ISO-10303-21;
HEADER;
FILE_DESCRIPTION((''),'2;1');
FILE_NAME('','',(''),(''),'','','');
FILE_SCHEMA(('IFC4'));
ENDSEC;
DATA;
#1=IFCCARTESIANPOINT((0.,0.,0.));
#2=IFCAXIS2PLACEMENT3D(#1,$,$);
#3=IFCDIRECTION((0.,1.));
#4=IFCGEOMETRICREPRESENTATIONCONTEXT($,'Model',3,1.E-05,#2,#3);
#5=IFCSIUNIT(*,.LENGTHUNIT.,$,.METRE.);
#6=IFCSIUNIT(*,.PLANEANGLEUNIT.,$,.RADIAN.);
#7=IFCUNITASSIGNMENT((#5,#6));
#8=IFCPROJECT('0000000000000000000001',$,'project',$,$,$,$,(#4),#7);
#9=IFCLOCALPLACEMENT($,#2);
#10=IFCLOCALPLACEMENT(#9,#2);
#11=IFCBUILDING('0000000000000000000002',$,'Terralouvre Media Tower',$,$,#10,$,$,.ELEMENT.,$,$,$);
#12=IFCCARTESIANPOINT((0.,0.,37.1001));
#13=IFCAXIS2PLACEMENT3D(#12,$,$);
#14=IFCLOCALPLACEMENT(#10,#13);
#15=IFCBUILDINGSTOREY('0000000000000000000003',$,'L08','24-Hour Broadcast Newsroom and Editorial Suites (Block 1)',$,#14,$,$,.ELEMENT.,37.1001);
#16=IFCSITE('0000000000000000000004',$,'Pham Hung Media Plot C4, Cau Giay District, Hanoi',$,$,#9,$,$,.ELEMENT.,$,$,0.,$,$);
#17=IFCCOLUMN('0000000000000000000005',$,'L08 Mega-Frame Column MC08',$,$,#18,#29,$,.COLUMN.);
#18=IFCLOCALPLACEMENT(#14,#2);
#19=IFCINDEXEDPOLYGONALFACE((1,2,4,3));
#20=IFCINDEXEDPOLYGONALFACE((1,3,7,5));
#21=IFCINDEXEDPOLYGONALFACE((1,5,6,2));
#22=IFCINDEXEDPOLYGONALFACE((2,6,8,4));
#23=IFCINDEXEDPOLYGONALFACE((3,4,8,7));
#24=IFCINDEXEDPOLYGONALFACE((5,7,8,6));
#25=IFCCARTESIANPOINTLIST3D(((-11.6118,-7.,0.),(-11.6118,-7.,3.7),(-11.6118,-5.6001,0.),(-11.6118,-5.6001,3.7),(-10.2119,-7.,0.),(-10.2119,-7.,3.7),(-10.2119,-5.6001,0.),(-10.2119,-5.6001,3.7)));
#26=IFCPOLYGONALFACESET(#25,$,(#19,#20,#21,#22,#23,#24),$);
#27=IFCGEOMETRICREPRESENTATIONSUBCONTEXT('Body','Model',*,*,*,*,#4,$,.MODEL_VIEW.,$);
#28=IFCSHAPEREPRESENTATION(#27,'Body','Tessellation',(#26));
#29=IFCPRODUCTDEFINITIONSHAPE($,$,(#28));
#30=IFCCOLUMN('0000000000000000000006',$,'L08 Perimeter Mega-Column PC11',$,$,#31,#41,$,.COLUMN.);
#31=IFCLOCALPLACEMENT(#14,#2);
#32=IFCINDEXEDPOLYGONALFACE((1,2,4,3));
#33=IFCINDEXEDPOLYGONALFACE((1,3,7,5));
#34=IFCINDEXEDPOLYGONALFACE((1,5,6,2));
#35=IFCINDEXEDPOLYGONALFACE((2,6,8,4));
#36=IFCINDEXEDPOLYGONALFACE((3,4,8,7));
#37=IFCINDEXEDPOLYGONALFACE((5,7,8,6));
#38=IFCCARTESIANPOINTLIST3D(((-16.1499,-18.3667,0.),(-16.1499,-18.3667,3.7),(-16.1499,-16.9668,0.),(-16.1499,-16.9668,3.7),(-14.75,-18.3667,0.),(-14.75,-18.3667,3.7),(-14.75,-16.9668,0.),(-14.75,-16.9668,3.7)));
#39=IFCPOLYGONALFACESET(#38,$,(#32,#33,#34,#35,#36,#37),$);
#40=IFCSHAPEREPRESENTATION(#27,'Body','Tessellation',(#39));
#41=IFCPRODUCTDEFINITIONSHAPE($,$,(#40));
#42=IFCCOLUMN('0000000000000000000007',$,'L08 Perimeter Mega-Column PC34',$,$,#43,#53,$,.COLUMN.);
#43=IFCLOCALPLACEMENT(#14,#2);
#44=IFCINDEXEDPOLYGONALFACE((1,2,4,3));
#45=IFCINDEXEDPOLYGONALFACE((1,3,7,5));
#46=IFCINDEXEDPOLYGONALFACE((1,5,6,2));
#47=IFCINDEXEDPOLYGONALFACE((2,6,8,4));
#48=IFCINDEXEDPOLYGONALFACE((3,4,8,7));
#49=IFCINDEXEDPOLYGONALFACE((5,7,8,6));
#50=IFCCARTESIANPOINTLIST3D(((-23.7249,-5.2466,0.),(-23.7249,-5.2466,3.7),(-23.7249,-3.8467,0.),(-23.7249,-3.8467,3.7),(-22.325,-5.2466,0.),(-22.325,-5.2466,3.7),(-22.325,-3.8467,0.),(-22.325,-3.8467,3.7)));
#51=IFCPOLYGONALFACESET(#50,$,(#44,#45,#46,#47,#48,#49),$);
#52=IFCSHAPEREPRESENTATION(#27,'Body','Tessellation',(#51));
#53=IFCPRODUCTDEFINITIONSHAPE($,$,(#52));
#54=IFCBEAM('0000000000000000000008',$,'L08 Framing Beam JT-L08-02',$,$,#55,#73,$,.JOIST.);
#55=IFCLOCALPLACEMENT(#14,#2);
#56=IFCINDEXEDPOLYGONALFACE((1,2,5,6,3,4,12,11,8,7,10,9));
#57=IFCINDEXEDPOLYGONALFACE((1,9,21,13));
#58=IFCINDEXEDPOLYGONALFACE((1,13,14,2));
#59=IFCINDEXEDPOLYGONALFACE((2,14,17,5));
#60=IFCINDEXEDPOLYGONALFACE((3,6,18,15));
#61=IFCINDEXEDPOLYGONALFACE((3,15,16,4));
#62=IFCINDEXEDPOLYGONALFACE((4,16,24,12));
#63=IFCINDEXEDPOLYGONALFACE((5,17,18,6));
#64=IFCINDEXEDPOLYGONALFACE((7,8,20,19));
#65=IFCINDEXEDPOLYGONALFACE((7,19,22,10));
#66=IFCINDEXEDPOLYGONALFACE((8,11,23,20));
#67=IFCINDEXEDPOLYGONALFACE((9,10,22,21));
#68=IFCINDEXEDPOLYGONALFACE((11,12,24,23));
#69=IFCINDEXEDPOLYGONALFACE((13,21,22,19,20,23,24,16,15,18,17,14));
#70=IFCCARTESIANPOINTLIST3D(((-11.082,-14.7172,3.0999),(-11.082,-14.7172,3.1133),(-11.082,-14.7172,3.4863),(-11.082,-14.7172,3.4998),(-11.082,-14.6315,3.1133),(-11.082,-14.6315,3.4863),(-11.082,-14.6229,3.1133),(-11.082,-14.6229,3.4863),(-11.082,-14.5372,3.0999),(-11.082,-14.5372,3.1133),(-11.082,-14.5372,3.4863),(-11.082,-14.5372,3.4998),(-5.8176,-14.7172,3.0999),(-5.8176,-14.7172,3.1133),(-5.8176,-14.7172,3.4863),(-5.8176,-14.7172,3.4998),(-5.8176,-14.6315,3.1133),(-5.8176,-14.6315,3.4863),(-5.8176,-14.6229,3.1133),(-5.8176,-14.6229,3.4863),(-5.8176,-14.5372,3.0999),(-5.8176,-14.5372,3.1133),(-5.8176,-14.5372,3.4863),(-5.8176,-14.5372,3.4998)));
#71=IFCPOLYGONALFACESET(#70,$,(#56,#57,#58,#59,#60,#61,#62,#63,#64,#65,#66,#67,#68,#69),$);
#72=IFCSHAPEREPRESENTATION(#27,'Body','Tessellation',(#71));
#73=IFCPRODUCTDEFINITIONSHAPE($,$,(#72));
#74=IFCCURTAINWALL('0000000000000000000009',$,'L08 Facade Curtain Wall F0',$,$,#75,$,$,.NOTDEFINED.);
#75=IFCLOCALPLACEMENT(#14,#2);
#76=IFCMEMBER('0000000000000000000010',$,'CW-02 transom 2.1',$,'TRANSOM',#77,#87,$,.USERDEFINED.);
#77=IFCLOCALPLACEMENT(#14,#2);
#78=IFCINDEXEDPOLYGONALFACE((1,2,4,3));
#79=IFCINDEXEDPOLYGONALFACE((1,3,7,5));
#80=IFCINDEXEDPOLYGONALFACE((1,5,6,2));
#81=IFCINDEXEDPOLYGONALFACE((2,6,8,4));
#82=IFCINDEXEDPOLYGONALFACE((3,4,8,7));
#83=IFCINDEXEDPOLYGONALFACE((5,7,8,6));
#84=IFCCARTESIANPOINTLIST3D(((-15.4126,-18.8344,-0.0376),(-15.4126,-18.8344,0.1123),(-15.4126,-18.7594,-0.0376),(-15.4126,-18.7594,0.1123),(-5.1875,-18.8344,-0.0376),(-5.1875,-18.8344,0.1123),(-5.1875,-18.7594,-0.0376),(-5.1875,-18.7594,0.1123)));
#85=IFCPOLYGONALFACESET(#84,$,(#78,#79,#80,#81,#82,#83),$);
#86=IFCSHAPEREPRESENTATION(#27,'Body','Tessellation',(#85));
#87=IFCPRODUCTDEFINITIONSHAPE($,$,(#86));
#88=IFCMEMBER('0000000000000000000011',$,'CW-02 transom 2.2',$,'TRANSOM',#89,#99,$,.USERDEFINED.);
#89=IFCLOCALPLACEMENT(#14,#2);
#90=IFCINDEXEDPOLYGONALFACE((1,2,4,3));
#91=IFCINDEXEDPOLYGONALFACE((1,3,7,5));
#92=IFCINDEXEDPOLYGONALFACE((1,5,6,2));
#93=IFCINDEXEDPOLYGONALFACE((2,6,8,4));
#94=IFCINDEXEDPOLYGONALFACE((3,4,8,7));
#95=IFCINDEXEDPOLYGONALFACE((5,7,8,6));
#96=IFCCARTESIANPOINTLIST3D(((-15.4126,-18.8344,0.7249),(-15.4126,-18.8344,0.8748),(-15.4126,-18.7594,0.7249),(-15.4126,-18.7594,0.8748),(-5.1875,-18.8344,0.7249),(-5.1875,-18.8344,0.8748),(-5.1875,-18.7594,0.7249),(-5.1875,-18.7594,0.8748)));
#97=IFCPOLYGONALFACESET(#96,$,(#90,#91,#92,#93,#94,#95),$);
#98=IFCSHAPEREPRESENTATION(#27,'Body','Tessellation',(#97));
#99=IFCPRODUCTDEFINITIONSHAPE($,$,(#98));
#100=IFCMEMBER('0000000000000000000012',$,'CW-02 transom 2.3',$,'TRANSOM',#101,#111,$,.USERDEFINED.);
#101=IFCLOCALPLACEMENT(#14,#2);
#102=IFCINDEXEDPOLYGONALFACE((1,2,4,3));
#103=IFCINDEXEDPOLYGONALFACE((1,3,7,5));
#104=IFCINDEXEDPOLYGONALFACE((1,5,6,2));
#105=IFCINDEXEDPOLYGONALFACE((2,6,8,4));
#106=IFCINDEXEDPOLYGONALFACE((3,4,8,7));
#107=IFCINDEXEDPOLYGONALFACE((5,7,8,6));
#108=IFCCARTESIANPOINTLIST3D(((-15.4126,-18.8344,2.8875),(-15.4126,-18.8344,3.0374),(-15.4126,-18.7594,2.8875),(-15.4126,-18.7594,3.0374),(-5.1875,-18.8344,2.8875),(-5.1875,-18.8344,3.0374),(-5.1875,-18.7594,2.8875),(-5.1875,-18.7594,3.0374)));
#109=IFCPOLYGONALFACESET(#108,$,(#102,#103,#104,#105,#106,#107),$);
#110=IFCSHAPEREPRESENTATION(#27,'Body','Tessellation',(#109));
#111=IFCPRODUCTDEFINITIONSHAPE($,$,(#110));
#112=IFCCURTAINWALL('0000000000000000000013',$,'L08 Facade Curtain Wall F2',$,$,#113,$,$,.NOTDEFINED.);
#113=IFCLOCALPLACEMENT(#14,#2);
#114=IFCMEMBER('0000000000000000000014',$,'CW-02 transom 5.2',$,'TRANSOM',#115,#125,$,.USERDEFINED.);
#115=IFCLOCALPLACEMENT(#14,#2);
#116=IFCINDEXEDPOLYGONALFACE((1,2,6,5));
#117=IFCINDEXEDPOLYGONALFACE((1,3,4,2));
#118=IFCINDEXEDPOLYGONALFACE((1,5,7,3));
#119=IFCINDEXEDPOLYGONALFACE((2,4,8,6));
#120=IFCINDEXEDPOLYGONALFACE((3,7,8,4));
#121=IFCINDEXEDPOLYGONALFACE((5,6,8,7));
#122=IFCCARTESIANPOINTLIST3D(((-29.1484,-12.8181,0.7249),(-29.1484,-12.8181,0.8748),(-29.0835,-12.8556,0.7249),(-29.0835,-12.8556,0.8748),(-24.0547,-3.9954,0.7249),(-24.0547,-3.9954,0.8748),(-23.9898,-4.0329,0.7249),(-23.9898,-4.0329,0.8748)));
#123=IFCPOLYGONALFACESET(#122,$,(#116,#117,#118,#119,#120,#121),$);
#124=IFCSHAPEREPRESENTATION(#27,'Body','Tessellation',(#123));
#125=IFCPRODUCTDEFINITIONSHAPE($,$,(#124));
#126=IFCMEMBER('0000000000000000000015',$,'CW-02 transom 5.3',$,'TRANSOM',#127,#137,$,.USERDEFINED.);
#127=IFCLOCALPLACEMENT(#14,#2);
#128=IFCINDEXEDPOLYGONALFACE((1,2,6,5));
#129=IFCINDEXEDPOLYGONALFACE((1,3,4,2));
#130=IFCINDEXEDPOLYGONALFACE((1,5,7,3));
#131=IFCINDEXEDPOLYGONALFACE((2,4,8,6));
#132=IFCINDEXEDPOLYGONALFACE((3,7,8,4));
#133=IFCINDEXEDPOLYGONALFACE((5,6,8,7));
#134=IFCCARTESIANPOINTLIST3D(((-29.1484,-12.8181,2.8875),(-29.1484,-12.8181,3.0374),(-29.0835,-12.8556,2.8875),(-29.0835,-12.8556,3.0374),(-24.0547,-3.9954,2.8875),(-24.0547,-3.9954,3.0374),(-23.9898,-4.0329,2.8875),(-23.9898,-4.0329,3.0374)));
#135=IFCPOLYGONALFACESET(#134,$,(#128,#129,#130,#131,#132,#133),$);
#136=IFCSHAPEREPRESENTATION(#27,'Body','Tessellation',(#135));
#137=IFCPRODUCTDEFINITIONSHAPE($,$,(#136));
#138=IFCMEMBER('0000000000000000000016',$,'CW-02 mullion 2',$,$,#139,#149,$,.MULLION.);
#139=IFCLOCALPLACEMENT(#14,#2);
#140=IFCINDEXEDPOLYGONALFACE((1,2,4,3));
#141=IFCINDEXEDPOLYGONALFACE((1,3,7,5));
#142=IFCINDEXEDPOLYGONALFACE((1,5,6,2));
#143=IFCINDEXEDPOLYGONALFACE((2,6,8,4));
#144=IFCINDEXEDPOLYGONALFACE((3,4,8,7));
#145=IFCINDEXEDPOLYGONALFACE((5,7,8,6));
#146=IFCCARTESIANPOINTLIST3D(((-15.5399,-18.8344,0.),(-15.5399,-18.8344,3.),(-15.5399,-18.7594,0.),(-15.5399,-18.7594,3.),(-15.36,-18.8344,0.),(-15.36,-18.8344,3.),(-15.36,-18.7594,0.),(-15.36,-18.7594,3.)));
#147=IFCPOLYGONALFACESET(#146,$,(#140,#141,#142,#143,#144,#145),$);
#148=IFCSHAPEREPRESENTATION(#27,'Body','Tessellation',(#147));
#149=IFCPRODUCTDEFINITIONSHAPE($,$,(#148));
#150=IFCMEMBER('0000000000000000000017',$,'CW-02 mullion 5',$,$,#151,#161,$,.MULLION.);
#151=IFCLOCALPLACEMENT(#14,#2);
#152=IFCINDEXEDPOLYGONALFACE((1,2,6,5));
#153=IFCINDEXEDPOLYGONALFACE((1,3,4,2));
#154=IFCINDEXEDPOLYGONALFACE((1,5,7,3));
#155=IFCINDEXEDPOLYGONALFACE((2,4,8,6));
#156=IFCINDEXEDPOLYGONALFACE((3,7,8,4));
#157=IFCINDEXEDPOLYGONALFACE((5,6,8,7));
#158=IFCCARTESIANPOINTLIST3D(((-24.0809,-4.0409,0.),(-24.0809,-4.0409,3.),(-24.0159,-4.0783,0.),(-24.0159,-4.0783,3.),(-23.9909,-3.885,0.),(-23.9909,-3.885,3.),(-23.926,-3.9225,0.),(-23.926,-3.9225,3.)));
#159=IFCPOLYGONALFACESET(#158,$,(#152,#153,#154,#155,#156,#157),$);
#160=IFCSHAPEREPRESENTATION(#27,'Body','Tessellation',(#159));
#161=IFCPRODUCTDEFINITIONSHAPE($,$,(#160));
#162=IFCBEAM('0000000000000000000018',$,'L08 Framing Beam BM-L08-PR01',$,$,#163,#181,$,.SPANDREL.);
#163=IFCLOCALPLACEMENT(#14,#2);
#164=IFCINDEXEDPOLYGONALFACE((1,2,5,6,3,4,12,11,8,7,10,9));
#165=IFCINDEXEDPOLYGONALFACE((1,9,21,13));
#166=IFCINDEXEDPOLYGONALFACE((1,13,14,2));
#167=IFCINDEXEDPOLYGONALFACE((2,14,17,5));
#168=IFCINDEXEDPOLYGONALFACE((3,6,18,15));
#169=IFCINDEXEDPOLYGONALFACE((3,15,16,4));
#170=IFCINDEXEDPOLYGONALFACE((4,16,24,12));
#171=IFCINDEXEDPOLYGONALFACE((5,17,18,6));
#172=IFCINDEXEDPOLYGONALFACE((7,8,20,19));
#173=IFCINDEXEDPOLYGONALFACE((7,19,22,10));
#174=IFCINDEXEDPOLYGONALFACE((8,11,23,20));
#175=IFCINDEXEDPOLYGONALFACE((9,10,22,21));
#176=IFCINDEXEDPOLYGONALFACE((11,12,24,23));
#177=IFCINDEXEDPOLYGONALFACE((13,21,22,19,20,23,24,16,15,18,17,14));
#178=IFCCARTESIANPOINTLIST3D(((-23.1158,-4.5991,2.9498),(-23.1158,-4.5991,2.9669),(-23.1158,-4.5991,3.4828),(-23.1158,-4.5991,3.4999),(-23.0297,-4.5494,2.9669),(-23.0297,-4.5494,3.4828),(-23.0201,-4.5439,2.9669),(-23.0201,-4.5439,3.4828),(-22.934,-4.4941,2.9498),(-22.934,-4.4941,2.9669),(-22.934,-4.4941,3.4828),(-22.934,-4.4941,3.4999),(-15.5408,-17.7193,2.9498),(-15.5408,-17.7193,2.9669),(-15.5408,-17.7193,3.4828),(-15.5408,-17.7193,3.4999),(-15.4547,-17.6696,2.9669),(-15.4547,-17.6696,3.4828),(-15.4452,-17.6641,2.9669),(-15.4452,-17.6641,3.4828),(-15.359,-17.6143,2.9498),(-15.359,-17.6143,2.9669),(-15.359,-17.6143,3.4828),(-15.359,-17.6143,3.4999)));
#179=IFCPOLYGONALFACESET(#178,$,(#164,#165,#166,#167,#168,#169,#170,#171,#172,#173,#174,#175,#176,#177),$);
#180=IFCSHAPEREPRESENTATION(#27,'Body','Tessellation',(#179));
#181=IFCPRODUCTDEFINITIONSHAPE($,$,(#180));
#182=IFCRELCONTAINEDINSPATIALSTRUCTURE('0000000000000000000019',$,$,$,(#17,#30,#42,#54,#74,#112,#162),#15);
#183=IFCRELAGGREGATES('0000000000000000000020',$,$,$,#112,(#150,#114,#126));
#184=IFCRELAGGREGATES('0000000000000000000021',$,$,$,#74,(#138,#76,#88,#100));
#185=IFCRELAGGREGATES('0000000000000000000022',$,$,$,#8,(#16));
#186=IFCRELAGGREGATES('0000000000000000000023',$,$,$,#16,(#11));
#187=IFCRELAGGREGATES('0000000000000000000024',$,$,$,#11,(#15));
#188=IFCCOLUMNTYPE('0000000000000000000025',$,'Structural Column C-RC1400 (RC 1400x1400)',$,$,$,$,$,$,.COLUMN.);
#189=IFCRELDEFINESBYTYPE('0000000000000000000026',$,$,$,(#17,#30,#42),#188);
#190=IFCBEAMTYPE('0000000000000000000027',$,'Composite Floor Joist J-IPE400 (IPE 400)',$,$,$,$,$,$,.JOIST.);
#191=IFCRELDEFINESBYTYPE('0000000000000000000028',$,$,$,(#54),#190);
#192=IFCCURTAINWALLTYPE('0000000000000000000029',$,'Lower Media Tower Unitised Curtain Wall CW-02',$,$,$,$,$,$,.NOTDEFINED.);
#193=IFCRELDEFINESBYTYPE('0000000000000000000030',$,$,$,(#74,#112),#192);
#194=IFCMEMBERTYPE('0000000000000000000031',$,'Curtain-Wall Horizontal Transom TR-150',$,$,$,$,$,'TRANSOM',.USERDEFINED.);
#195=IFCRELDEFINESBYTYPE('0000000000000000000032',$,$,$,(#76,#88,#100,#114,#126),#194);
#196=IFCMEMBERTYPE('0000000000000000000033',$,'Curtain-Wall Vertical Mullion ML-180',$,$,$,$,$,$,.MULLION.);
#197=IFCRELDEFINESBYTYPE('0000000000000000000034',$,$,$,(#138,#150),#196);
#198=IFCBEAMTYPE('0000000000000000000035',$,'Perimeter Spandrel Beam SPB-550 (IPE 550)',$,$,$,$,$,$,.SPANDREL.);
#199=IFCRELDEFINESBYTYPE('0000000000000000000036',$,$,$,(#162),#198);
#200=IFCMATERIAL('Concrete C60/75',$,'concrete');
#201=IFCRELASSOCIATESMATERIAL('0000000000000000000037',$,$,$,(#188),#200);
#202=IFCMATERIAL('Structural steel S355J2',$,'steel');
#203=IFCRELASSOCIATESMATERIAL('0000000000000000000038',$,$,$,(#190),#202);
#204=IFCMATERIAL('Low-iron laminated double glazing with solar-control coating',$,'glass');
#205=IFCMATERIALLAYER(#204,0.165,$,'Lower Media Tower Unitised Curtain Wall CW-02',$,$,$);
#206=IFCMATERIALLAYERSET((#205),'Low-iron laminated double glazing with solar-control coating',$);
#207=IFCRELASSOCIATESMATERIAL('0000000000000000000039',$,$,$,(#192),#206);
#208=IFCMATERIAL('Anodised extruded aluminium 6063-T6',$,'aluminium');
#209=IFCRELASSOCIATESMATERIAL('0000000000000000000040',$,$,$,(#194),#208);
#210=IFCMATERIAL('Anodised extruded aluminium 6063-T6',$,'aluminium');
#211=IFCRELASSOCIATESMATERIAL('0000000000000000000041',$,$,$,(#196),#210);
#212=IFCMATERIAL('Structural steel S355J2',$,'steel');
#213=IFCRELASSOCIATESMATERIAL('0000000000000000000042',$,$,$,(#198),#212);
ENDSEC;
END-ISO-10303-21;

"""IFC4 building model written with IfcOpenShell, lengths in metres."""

from ifc_helpers import new_model, si_unit, direction, frame, origin, origin_2d, place, context, subcontext, project, spatial, rectangle, i_section, extrude, material, layer, layer_set, material_profile, profile_set, type_object, element, aggregate, save


model = new_model("IFC4")

# Units and contexts
model_context = context("Model", 3, precision=1e-05, world=origin(), true_north=direction((0.0, 1.0)))
body_context = subcontext(model_context, "Body", "Model", "MODEL_VIEW")
ifc_project = project(units=[si_unit("LENGTHUNIT", "METRE"), si_unit("PLANEANGLEUNIT", "RADIAN")], contexts=[model_context])

# Site, building, storey
site_placement = place(None, origin())
site = spatial("IfcSite", under=ifc_project, at=site_placement, Name="Pham Hung Media Plot C4, Cau Giay District, Hanoi", CompositionType="ELEMENT", RefElevation=0.0)
building_placement = place(site_placement, origin())
building = spatial("IfcBuilding", under=site, at=building_placement, Name="Terralouvre Media Tower", CompositionType="ELEMENT")
storey_placement = place(building_placement, frame((0.0, 0.0, 37.1001)))
storey = spatial("IfcBuildingStorey", under=building, at=storey_placement, Name="L08", Description="24-Hour Broadcast Newsroom and Editorial Suites (Block 1)", CompositionType="ELEMENT", Elevation=37.1001)

# Columns
ifc_material_1 = material(Name="Concrete C60/75", Category="concrete")
ifc_material_profile_1 = material_profile(ifc_material_1, rectangle(XDim=1.3999, YDim=1.3999, at=origin_2d()), Name="RC 1400x1400")
ifc_profile_set_1 = profile_set([ifc_material_profile_1], Name="Concrete C60/75")
column_type = type_object("IfcColumnType", Name="Structural Column C-RC1400 (RC 1400x1400)", PredefinedType="COLUMN", material=ifc_profile_set_1)
for number, where, z_axis, x_axis, name in (
    (1, (-10.9119, -6.3, 0.0), (0.0, 0.0, 1.0), (1.0, 0.0, 0.0), "L08 Mega-Frame Column MC08"),
    (2, (-15.45, -17.6667, 0.0), (0.0, 0.0, 1.0), (1.0, 0.0, 0.0), "L08 Perimeter Mega-Column PC11"),
    (3, (-23.0249, -4.5466, 0.0), (0.0, 0.0, 1.0), (1.0, 0.0, 0.0), "L08 Perimeter Mega-Column PC34"),
):
    element("IfcColumn", number, at=place(storey_placement, frame(where, z_axis=z_axis, x_axis=x_axis)), inside=storey, type_object=column_type, Name=name, PredefinedType="COLUMN", context=body_context, shape_type="SweptSolid", body=[
        extrude(rectangle(XDim=1.3999, YDim=1.3999, at=origin_2d()), origin(), (0.0, 0.0, 1.0), 3.7),
    ])

# Beam
ifc_material_2 = material(Name="Structural steel S355J2", Category="steel")
ifc_material_profile_2 = material_profile(ifc_material_2, i_section(OverallWidth=0.1799, OverallDepth=0.3999, WebThickness=0.0085, FlangeThickness=0.0134, at=origin_2d()), Name="IPE 400")
ifc_profile_set_2 = profile_set([ifc_material_profile_2], Name="Structural steel S355J2")
beam_type_1 = type_object("IfcBeamType", Name="Composite Floor Joist J-IPE400 (IPE 400)", PredefinedType="JOIST", material=ifc_profile_set_2)
beam_1_placement = place(storey_placement, frame((-11.082, -14.6272, 3.2998), z_axis=(1.0, 0.0, 0.0), x_axis=(0.0, 1.0, 0.0)))
element("IfcBeam", 4, at=beam_1_placement, inside=storey, type_object=beam_type_1, Name="L08 Framing Beam JT-L08-02", PredefinedType="JOIST", context=body_context, shape_type="SweptSolid", body=[
    extrude(i_section(OverallWidth=0.1799, OverallDepth=0.3999, WebThickness=0.0085, FlangeThickness=0.0134, at=origin_2d()), origin(), (0.0, 0.0, 1.0), 5.2644),
])

# Curtain walls, members
ifc_material_3 = material(Name="Low-iron laminated double glazing with solar-control coating", Category="glass")
ifc_layer_1 = layer(ifc_material_3, 0.165, Name="Lower Media Tower Unitised Curtain Wall CW-02")
ifc_layer_set_1 = layer_set([ifc_layer_1], Name="Low-iron laminated double glazing with solar-control coating")
curtain_wall_type = type_object("IfcCurtainWallType", Name="Lower Media Tower Unitised Curtain Wall CW-02", PredefinedType="NOTDEFINED", material=ifc_layer_set_1)
curtain_wall_1_placement = place(storey_placement, origin())
curtain_wall_1 = element("IfcCurtainWall", 5, at=curtain_wall_1_placement, inside=storey, type_object=curtain_wall_type, Name="L08 Facade Curtain Wall F0", PredefinedType="NOTDEFINED")
ifc_material_4 = material(Name="Anodised extruded aluminium 6063-T6", Category="aluminium")
ifc_material_profile_3 = material_profile(ifc_material_4, rectangle(XDim=0.075, YDim=0.1499, at=origin_2d()), Name="ALU 75x150")
ifc_profile_set_3 = profile_set([ifc_material_profile_3], Name="Anodised extruded aluminium 6063-T6")
member_type_1 = type_object("IfcMemberType", Name="Curtain-Wall Horizontal Transom TR-150", ElementType="TRANSOM", PredefinedType="USERDEFINED", material=ifc_profile_set_3)
member_1_placement = place(storey_placement, frame((-15.4126, -18.7969, 0.0374), z_axis=(1.0, 0.0, 0.0), x_axis=(0.0, 1.0, 0.0)))
member_1 = element("IfcMember", 6, at=member_1_placement, type_object=member_type_1, Name="CW-02 transom 2.1", ObjectType="TRANSOM", PredefinedType="USERDEFINED", context=body_context, shape_type="SweptSolid", body=[
    extrude(rectangle(XDim=0.075, YDim=0.1499, at=origin_2d()), origin(), (0.0, 0.0, 1.0), 10.2251),
])
member_2_placement = place(storey_placement, frame((-15.4126, -18.7969, 0.7998), z_axis=(1.0, 0.0, 0.0), x_axis=(0.0, 1.0, 0.0)))
member_2 = element("IfcMember", 7, at=member_2_placement, type_object=member_type_1, Name="CW-02 transom 2.2", ObjectType="TRANSOM", PredefinedType="USERDEFINED", context=body_context, shape_type="SweptSolid", body=[
    extrude(rectangle(XDim=0.075, YDim=0.1499, at=origin_2d()), origin(), (0.0, 0.0, 1.0), 10.2251),
])
member_3_placement = place(storey_placement, frame((-15.4126, -18.7969, 2.9624), z_axis=(1.0, 0.0, 0.0), x_axis=(0.0, 1.0, 0.0)))
member_3 = element("IfcMember", 8, at=member_3_placement, type_object=member_type_1, Name="CW-02 transom 2.3", ObjectType="TRANSOM", PredefinedType="USERDEFINED", context=body_context, shape_type="SweptSolid", body=[
    extrude(rectangle(XDim=0.075, YDim=0.1499, at=origin_2d()), origin(), (0.0, 0.0, 1.0), 10.2251),
])
curtain_wall_2_placement = place(storey_placement, origin())
curtain_wall_2 = element("IfcCurtainWall", 9, at=curtain_wall_2_placement, inside=storey, type_object=curtain_wall_type, Name="L08 Facade Curtain Wall F2", PredefinedType="NOTDEFINED")
member_4_placement = place(storey_placement, frame((-24.0222, -4.0142, 0.7998), z_axis=(-0.499995, -0.866028, 0.0), x_axis=(0.866028, -0.499995, 0.0)))
member_4 = element("IfcMember", 10, at=member_4_placement, type_object=member_type_1, Name="CW-02 transom 5.2", ObjectType="TRANSOM", PredefinedType="USERDEFINED", context=body_context, shape_type="SweptSolid", body=[
    extrude(rectangle(XDim=0.075, YDim=0.1499, at=origin_2d()), origin(), (0.0, 0.0, 1.0), 10.1875),
])
member_5_placement = place(storey_placement, frame((-24.0222, -4.0142, 2.9624), z_axis=(-0.499995, -0.866028, 0.0), x_axis=(0.866028, -0.499995, 0.0)))
member_5 = element("IfcMember", 11, at=member_5_placement, type_object=member_type_1, Name="CW-02 transom 5.3", ObjectType="TRANSOM", PredefinedType="USERDEFINED", context=body_context, shape_type="SweptSolid", body=[
    extrude(rectangle(XDim=0.075, YDim=0.1499, at=origin_2d()), origin(), (0.0, 0.0, 1.0), 10.1875),
])

# Members
ifc_material_5 = material(Name="Anodised extruded aluminium 6063-T6", Category="aluminium")
ifc_material_profile_4 = material_profile(ifc_material_5, rectangle(XDim=0.075, YDim=0.1799, at=origin_2d()), Name="ALU 75x180")
ifc_profile_set_4 = profile_set([ifc_material_profile_4], Name="Anodised extruded aluminium 6063-T6")
member_type_2 = type_object("IfcMemberType", Name="Curtain-Wall Vertical Mullion ML-180", PredefinedType="MULLION", material=ifc_profile_set_4)
member_6_placement = place(storey_placement, frame((-15.45, -18.7969, 0.0), z_axis=(0.0, 0.0, 1.0), x_axis=(0.0, 1.0, 0.0)))
member_6 = element("IfcMember", 12, at=member_6_placement, type_object=member_type_2, Name="CW-02 mullion 2", PredefinedType="MULLION", context=body_context, shape_type="SweptSolid", body=[
    extrude(rectangle(XDim=0.075, YDim=0.1799, at=origin_2d()), origin(), (0.0, 0.0, 1.0), 3.0),
])
member_7_placement = place(storey_placement, frame((-24.0034, -3.9817, 0.0), z_axis=(0.0, 0.0, 1.0), x_axis=(0.866025, -0.5, 0.0)))
member_7 = element("IfcMember", 13, at=member_7_placement, type_object=member_type_2, Name="CW-02 mullion 5", PredefinedType="MULLION", context=body_context, shape_type="SweptSolid", body=[
    extrude(rectangle(XDim=0.075, YDim=0.1799, at=origin_2d()), origin(), (0.0, 0.0, 1.0), 3.0),
])
aggregate(curtain_wall_2, [member_7, member_4, member_5])

# Beam
ifc_material_6 = material(Name="Structural steel S355J2", Category="steel")
ifc_material_profile_5 = material_profile(ifc_material_6, i_section(OverallWidth=0.21, OverallDepth=0.55, WebThickness=0.011, FlangeThickness=0.0171, at=origin_2d()), Name="IPE 550")
ifc_profile_set_5 = profile_set([ifc_material_profile_5], Name="Structural steel S355J2")
beam_type_2 = type_object("IfcBeamType", Name="Perimeter Spandrel Beam SPB-550 (IPE 550)", PredefinedType="SPANDREL", material=ifc_profile_set_5)
beam_2_placement = place(storey_placement, frame((-23.0249, -4.5466, 3.2249), z_axis=(0.500002, -0.866024, 0.0), x_axis=(0.866024, 0.500002, 0.0)))
element("IfcBeam", 14, at=beam_2_placement, inside=storey, type_object=beam_type_2, Name="L08 Framing Beam BM-L08-PR01", PredefinedType="SPANDREL", context=body_context, shape_type="SweptSolid", body=[
    extrude(i_section(OverallWidth=0.21, OverallDepth=0.55, WebThickness=0.011, FlangeThickness=0.0171, at=origin_2d()), origin(), (0.0, 0.0, 1.0), 15.1499),
])

aggregate(curtain_wall_1, [member_6, member_1, member_2, member_3])

save(model, "model.ifc")
